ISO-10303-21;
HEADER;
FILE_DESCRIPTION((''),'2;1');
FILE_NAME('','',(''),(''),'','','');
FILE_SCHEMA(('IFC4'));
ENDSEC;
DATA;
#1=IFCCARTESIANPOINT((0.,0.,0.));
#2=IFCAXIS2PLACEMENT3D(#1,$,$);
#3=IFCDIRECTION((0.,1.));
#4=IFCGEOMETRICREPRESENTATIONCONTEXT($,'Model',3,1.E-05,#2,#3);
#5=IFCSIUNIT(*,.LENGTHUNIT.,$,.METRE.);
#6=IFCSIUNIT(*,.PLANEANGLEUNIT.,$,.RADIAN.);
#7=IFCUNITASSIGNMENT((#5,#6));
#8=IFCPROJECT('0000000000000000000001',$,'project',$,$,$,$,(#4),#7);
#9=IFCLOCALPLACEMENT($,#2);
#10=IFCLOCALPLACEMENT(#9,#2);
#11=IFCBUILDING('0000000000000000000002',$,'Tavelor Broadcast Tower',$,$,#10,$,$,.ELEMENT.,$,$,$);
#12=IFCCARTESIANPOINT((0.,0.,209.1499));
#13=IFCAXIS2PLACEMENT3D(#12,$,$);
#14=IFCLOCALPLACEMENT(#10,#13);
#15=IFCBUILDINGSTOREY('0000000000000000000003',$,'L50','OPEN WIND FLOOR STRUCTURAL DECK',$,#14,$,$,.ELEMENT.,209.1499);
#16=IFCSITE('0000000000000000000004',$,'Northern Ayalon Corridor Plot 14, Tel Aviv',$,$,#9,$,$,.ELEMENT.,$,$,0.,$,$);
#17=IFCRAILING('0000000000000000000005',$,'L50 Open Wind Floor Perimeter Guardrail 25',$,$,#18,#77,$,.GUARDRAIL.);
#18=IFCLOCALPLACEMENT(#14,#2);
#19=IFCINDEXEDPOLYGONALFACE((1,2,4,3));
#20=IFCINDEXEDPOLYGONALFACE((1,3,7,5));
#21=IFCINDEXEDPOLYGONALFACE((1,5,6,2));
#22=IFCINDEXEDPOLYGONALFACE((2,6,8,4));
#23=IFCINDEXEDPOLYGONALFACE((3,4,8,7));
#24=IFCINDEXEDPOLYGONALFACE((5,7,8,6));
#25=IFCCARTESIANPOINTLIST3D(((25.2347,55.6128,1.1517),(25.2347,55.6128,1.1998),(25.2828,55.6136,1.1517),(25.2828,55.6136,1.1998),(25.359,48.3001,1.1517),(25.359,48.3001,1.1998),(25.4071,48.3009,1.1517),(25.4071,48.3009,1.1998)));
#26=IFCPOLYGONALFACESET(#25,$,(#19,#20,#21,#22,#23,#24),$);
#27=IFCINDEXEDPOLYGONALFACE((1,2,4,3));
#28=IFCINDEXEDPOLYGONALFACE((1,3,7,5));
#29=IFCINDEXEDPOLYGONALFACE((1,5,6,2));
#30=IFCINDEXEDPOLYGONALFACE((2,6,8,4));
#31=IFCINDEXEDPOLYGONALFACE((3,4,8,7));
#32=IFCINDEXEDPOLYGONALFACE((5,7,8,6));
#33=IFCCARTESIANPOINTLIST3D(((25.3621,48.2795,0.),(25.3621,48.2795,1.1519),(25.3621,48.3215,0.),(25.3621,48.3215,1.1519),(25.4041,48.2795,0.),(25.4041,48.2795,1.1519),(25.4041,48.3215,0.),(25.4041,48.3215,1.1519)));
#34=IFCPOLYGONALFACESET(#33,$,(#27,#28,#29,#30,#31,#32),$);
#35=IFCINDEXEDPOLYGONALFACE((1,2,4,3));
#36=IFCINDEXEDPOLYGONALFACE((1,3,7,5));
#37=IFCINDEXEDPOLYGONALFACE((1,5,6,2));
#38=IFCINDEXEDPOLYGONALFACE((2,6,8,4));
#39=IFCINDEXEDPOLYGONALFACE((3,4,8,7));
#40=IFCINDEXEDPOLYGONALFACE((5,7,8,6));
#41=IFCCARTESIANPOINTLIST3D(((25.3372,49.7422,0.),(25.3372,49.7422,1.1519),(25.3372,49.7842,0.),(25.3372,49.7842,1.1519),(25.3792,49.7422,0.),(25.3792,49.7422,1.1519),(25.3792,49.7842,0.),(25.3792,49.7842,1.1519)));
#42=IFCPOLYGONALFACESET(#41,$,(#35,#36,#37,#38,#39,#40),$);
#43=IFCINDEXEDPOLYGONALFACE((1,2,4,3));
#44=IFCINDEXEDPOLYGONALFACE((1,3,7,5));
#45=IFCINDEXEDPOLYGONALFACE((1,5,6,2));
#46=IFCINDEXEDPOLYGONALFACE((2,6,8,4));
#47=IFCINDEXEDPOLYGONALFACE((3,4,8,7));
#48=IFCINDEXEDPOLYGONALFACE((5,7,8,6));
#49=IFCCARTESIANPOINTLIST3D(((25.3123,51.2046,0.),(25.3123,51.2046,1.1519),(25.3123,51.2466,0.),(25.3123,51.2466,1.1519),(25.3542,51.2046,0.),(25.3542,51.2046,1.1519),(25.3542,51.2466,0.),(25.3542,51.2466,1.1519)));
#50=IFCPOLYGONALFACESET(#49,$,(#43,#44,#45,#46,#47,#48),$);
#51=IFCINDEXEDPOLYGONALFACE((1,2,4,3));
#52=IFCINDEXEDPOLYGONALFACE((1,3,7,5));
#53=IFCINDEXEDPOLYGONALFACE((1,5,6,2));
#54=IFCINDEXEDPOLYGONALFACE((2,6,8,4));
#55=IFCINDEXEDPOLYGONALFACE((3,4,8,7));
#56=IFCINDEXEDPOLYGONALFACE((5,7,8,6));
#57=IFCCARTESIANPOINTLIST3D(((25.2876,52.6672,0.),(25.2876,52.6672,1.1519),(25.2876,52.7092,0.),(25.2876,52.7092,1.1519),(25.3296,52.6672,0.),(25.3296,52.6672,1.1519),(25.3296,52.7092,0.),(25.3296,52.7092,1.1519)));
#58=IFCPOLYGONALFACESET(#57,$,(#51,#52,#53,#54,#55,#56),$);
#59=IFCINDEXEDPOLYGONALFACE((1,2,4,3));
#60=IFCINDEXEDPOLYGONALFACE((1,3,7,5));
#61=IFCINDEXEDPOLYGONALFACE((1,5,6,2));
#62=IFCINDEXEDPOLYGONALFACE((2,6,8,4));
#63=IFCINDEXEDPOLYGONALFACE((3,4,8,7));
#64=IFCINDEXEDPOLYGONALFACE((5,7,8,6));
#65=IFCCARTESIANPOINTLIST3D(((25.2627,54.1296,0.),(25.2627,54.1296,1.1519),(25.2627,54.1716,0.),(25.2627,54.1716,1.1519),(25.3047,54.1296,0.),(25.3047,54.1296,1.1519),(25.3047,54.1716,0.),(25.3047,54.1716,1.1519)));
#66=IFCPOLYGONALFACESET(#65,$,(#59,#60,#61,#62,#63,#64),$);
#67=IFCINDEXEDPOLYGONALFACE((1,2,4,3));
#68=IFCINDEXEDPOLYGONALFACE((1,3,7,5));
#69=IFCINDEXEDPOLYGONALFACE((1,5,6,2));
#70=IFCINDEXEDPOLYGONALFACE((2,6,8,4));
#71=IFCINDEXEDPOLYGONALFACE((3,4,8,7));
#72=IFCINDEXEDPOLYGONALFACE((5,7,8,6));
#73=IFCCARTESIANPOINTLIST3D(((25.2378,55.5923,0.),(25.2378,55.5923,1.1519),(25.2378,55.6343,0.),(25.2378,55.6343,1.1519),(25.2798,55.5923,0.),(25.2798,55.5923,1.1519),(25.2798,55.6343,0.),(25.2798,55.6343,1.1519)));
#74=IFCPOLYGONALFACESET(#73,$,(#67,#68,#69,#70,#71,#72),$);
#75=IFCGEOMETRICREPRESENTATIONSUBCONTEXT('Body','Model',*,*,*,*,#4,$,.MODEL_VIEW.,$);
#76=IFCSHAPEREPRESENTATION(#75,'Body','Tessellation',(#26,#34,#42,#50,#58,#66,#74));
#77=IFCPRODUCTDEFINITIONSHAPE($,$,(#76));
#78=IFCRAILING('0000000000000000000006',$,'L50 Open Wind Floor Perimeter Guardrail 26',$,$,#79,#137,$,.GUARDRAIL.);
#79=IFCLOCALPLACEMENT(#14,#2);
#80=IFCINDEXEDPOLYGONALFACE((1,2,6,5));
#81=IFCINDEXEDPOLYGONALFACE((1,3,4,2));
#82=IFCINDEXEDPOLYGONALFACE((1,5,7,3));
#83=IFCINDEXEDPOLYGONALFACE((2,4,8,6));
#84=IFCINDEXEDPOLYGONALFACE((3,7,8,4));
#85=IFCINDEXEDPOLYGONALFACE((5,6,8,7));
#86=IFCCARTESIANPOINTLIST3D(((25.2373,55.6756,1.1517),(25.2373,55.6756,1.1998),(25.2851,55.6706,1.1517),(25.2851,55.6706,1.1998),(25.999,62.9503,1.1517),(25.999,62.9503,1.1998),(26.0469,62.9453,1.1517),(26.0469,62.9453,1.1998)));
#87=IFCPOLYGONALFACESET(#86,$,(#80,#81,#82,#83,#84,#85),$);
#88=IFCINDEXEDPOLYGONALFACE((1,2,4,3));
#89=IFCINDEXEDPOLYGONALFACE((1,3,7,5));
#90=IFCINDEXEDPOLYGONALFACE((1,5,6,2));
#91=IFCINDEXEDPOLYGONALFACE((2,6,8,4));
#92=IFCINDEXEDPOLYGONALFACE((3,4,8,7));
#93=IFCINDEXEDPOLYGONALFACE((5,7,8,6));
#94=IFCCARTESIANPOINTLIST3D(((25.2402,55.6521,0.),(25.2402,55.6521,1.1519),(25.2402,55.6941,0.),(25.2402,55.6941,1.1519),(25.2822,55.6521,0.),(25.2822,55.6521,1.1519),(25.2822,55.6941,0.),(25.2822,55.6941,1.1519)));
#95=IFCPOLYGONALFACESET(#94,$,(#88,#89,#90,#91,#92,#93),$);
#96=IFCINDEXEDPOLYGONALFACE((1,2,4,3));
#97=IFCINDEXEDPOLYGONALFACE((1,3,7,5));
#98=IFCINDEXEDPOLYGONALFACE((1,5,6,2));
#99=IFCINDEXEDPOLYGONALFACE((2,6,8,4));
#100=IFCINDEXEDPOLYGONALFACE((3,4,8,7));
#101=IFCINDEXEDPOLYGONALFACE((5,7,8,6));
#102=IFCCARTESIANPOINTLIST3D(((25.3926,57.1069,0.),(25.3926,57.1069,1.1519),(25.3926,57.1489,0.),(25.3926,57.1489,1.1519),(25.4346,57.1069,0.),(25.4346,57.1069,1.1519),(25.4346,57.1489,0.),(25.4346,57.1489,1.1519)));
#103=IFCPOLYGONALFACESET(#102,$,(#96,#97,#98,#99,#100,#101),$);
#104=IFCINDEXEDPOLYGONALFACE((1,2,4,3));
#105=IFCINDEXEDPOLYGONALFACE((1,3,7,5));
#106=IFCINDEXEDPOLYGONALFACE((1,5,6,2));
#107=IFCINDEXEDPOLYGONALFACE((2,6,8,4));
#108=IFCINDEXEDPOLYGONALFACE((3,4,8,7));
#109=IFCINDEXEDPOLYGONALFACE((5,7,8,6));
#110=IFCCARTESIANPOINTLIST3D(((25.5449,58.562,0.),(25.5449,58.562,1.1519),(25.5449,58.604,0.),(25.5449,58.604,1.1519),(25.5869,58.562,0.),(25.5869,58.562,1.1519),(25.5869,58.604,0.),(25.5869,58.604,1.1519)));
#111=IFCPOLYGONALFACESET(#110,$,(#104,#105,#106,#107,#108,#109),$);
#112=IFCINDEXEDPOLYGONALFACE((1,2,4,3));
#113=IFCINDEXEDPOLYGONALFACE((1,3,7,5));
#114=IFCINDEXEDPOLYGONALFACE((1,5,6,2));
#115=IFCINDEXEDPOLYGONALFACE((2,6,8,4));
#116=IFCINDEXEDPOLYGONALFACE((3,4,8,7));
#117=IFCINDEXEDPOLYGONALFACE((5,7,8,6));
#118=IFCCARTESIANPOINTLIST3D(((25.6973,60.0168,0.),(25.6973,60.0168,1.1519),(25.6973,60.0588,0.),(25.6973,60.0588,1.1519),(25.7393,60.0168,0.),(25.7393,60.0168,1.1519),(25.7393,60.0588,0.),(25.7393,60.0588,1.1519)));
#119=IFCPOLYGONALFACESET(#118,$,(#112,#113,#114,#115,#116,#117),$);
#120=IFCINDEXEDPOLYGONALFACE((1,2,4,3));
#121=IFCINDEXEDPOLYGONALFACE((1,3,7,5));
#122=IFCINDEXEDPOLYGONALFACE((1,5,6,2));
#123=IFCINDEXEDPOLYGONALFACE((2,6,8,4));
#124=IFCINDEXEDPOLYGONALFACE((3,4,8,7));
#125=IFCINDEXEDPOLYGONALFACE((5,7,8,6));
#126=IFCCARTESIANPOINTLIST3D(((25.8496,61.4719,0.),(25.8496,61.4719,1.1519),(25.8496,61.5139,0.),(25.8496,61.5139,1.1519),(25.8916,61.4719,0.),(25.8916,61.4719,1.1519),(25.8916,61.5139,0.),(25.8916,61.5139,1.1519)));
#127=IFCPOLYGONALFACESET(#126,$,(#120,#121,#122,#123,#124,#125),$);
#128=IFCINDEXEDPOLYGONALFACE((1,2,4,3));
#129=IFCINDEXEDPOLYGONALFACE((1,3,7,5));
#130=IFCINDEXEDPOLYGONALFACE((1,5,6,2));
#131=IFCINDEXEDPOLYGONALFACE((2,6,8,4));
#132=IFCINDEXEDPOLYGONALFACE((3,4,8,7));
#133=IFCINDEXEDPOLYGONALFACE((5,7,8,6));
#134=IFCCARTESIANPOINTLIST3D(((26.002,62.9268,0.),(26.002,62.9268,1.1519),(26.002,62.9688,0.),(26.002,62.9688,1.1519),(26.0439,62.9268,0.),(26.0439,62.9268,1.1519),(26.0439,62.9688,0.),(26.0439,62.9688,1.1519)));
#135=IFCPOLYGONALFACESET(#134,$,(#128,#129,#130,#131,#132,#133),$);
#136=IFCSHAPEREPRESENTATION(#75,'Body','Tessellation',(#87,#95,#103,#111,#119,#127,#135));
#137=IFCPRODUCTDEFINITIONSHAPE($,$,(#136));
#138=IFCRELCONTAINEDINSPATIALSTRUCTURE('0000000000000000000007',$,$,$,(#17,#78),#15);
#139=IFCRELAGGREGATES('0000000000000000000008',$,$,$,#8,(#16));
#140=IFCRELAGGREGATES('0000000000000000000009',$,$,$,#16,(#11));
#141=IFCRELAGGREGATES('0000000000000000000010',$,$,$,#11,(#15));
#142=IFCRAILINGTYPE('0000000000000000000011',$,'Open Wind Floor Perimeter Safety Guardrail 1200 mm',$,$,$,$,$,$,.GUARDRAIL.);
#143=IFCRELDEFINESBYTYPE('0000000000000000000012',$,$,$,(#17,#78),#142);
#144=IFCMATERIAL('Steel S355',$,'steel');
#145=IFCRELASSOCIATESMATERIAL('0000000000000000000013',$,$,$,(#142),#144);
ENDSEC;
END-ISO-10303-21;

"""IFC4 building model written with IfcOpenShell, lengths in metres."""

from ifc_helpers import new_model, si_unit, direction, frame, origin, origin_2d, place, context, subcontext, project, spatial, rectangle, extrude, material, type_object, element, save


model = new_model("IFC4")

# Units and contexts
model_context = context("Model", 3, precision=1e-05, world=origin(), true_north=direction((0.0, 1.0)))
body_context = subcontext(model_context, "Body", "Model", "MODEL_VIEW")
ifc_project = project(units=[si_unit("LENGTHUNIT", "METRE"), si_unit("PLANEANGLEUNIT", "RADIAN")], contexts=[model_context])

# Site, building, storey
site_placement = place(None, origin())
site = spatial("IfcSite", under=ifc_project, at=site_placement, Name="Northern Ayalon Corridor Plot 14, Tel Aviv", CompositionType="ELEMENT", RefElevation=0.0)
building_placement = place(site_placement, origin())
building = spatial("IfcBuilding", under=site, at=building_placement, Name="Tavelor Broadcast Tower", CompositionType="ELEMENT")
storey_placement = place(building_placement, frame((0.0, 0.0, 209.1499)))
storey = spatial("IfcBuildingStorey", under=building, at=storey_placement, Name="L50", Description="OPEN WIND FLOOR STRUCTURAL DECK", CompositionType="ELEMENT", Elevation=209.1499)

# Railings
ifc_material_1 = material(Name="Steel S355", Category="steel")
railing_type = type_object("IfcRailingType", Name="Open Wind Floor Perimeter Safety Guardrail 1200 mm", PredefinedType="GUARDRAIL", material=ifc_material_1)
railing_1_placement = place(storey_placement, frame((25.3831, 48.3005, 0.0)))
element("IfcRailing", 1, at=railing_1_placement, inside=storey, type_object=railing_type, Name="L50 Open Wind Floor Perimeter Guardrail 25", PredefinedType="GUARDRAIL", context=body_context, shape_type="SweptSolid", body=[
    extrude(rectangle(XDim=0.0481, YDim=0.0481, at=origin_2d()), frame((0.0, 0.0, 1.1758), z_axis=(-0.016991, 0.999856, 0.0), x_axis=(-0.999856, -0.016991, 0.0)), (0.0, 0.0, 1.0), 7.3137),
    extrude(rectangle(XDim=0.042, YDim=0.042, at=origin_2d()), origin(), (0.0, 0.0, 1.0), 1.1519),
    extrude(rectangle(XDim=0.042, YDim=0.042, at=origin_2d()), frame((-0.0249, 1.4626, 0.0)), (0.0, 0.0, 1.0), 1.1519),
    extrude(rectangle(XDim=0.042, YDim=0.042, at=origin_2d()), frame((-0.0498, 2.925, 0.0)), (0.0, 0.0, 1.0), 1.1519),
    extrude(rectangle(XDim=0.042, YDim=0.042, at=origin_2d()), frame((-0.0745, 4.3877, 0.0)), (0.0, 0.0, 1.0), 1.1519),
    extrude(rectangle(XDim=0.042, YDim=0.042, at=origin_2d()), frame((-0.0994, 5.8501, 0.0)), (0.0, 0.0, 1.0), 1.1519),
    extrude(rectangle(XDim=0.042, YDim=0.042, at=origin_2d()), frame((-0.1243, 7.3127, 0.0)), (0.0, 0.0, 1.0), 1.1519),
])
railing_2_placement = place(storey_placement, frame((25.2612, 55.6731, 0.0)))
element("IfcRailing", 2, at=railing_2_placement, inside=storey, type_object=railing_type, Name="L50 Open Wind Floor Perimeter Guardrail 26", PredefinedType="GUARDRAIL", context=body_context, shape_type="SweptSolid", body=[
    extrude(rectangle(XDim=0.0481, YDim=0.0481, at=origin_2d()), frame((0.0, 0.0, 1.1758), z_axis=(0.104139, 0.994563, 0.0), x_axis=(-0.994563, 0.104139, 0.0)), (0.0, 0.0, 1.0), 7.3145),
    extrude(rectangle(XDim=0.042, YDim=0.042, at=origin_2d()), origin(), (0.0, 0.0, 1.0), 1.1519),
    extrude(rectangle(XDim=0.042, YDim=0.042, at=origin_2d()), frame((0.1523, 1.4548, 0.0)), (0.0, 0.0, 1.0), 1.1519),
    extrude(rectangle(XDim=0.042, YDim=0.042, at=origin_2d()), frame((0.3047, 2.9099, 0.0)), (0.0, 0.0, 1.0), 1.1519),
    extrude(rectangle(XDim=0.042, YDim=0.042, at=origin_2d()), frame((0.457, 4.3647, 0.0)), (0.0, 0.0, 1.0), 1.1519),
    extrude(rectangle(XDim=0.042, YDim=0.042, at=origin_2d()), frame((0.6094, 5.8198, 0.0)), (0.0, 0.0, 1.0), 1.1519),
    extrude(rectangle(XDim=0.042, YDim=0.042, at=origin_2d()), frame((0.7617, 7.2747, 0.0)), (0.0, 0.0, 1.0), 1.1519),
])

save(model, "model.ifc")
